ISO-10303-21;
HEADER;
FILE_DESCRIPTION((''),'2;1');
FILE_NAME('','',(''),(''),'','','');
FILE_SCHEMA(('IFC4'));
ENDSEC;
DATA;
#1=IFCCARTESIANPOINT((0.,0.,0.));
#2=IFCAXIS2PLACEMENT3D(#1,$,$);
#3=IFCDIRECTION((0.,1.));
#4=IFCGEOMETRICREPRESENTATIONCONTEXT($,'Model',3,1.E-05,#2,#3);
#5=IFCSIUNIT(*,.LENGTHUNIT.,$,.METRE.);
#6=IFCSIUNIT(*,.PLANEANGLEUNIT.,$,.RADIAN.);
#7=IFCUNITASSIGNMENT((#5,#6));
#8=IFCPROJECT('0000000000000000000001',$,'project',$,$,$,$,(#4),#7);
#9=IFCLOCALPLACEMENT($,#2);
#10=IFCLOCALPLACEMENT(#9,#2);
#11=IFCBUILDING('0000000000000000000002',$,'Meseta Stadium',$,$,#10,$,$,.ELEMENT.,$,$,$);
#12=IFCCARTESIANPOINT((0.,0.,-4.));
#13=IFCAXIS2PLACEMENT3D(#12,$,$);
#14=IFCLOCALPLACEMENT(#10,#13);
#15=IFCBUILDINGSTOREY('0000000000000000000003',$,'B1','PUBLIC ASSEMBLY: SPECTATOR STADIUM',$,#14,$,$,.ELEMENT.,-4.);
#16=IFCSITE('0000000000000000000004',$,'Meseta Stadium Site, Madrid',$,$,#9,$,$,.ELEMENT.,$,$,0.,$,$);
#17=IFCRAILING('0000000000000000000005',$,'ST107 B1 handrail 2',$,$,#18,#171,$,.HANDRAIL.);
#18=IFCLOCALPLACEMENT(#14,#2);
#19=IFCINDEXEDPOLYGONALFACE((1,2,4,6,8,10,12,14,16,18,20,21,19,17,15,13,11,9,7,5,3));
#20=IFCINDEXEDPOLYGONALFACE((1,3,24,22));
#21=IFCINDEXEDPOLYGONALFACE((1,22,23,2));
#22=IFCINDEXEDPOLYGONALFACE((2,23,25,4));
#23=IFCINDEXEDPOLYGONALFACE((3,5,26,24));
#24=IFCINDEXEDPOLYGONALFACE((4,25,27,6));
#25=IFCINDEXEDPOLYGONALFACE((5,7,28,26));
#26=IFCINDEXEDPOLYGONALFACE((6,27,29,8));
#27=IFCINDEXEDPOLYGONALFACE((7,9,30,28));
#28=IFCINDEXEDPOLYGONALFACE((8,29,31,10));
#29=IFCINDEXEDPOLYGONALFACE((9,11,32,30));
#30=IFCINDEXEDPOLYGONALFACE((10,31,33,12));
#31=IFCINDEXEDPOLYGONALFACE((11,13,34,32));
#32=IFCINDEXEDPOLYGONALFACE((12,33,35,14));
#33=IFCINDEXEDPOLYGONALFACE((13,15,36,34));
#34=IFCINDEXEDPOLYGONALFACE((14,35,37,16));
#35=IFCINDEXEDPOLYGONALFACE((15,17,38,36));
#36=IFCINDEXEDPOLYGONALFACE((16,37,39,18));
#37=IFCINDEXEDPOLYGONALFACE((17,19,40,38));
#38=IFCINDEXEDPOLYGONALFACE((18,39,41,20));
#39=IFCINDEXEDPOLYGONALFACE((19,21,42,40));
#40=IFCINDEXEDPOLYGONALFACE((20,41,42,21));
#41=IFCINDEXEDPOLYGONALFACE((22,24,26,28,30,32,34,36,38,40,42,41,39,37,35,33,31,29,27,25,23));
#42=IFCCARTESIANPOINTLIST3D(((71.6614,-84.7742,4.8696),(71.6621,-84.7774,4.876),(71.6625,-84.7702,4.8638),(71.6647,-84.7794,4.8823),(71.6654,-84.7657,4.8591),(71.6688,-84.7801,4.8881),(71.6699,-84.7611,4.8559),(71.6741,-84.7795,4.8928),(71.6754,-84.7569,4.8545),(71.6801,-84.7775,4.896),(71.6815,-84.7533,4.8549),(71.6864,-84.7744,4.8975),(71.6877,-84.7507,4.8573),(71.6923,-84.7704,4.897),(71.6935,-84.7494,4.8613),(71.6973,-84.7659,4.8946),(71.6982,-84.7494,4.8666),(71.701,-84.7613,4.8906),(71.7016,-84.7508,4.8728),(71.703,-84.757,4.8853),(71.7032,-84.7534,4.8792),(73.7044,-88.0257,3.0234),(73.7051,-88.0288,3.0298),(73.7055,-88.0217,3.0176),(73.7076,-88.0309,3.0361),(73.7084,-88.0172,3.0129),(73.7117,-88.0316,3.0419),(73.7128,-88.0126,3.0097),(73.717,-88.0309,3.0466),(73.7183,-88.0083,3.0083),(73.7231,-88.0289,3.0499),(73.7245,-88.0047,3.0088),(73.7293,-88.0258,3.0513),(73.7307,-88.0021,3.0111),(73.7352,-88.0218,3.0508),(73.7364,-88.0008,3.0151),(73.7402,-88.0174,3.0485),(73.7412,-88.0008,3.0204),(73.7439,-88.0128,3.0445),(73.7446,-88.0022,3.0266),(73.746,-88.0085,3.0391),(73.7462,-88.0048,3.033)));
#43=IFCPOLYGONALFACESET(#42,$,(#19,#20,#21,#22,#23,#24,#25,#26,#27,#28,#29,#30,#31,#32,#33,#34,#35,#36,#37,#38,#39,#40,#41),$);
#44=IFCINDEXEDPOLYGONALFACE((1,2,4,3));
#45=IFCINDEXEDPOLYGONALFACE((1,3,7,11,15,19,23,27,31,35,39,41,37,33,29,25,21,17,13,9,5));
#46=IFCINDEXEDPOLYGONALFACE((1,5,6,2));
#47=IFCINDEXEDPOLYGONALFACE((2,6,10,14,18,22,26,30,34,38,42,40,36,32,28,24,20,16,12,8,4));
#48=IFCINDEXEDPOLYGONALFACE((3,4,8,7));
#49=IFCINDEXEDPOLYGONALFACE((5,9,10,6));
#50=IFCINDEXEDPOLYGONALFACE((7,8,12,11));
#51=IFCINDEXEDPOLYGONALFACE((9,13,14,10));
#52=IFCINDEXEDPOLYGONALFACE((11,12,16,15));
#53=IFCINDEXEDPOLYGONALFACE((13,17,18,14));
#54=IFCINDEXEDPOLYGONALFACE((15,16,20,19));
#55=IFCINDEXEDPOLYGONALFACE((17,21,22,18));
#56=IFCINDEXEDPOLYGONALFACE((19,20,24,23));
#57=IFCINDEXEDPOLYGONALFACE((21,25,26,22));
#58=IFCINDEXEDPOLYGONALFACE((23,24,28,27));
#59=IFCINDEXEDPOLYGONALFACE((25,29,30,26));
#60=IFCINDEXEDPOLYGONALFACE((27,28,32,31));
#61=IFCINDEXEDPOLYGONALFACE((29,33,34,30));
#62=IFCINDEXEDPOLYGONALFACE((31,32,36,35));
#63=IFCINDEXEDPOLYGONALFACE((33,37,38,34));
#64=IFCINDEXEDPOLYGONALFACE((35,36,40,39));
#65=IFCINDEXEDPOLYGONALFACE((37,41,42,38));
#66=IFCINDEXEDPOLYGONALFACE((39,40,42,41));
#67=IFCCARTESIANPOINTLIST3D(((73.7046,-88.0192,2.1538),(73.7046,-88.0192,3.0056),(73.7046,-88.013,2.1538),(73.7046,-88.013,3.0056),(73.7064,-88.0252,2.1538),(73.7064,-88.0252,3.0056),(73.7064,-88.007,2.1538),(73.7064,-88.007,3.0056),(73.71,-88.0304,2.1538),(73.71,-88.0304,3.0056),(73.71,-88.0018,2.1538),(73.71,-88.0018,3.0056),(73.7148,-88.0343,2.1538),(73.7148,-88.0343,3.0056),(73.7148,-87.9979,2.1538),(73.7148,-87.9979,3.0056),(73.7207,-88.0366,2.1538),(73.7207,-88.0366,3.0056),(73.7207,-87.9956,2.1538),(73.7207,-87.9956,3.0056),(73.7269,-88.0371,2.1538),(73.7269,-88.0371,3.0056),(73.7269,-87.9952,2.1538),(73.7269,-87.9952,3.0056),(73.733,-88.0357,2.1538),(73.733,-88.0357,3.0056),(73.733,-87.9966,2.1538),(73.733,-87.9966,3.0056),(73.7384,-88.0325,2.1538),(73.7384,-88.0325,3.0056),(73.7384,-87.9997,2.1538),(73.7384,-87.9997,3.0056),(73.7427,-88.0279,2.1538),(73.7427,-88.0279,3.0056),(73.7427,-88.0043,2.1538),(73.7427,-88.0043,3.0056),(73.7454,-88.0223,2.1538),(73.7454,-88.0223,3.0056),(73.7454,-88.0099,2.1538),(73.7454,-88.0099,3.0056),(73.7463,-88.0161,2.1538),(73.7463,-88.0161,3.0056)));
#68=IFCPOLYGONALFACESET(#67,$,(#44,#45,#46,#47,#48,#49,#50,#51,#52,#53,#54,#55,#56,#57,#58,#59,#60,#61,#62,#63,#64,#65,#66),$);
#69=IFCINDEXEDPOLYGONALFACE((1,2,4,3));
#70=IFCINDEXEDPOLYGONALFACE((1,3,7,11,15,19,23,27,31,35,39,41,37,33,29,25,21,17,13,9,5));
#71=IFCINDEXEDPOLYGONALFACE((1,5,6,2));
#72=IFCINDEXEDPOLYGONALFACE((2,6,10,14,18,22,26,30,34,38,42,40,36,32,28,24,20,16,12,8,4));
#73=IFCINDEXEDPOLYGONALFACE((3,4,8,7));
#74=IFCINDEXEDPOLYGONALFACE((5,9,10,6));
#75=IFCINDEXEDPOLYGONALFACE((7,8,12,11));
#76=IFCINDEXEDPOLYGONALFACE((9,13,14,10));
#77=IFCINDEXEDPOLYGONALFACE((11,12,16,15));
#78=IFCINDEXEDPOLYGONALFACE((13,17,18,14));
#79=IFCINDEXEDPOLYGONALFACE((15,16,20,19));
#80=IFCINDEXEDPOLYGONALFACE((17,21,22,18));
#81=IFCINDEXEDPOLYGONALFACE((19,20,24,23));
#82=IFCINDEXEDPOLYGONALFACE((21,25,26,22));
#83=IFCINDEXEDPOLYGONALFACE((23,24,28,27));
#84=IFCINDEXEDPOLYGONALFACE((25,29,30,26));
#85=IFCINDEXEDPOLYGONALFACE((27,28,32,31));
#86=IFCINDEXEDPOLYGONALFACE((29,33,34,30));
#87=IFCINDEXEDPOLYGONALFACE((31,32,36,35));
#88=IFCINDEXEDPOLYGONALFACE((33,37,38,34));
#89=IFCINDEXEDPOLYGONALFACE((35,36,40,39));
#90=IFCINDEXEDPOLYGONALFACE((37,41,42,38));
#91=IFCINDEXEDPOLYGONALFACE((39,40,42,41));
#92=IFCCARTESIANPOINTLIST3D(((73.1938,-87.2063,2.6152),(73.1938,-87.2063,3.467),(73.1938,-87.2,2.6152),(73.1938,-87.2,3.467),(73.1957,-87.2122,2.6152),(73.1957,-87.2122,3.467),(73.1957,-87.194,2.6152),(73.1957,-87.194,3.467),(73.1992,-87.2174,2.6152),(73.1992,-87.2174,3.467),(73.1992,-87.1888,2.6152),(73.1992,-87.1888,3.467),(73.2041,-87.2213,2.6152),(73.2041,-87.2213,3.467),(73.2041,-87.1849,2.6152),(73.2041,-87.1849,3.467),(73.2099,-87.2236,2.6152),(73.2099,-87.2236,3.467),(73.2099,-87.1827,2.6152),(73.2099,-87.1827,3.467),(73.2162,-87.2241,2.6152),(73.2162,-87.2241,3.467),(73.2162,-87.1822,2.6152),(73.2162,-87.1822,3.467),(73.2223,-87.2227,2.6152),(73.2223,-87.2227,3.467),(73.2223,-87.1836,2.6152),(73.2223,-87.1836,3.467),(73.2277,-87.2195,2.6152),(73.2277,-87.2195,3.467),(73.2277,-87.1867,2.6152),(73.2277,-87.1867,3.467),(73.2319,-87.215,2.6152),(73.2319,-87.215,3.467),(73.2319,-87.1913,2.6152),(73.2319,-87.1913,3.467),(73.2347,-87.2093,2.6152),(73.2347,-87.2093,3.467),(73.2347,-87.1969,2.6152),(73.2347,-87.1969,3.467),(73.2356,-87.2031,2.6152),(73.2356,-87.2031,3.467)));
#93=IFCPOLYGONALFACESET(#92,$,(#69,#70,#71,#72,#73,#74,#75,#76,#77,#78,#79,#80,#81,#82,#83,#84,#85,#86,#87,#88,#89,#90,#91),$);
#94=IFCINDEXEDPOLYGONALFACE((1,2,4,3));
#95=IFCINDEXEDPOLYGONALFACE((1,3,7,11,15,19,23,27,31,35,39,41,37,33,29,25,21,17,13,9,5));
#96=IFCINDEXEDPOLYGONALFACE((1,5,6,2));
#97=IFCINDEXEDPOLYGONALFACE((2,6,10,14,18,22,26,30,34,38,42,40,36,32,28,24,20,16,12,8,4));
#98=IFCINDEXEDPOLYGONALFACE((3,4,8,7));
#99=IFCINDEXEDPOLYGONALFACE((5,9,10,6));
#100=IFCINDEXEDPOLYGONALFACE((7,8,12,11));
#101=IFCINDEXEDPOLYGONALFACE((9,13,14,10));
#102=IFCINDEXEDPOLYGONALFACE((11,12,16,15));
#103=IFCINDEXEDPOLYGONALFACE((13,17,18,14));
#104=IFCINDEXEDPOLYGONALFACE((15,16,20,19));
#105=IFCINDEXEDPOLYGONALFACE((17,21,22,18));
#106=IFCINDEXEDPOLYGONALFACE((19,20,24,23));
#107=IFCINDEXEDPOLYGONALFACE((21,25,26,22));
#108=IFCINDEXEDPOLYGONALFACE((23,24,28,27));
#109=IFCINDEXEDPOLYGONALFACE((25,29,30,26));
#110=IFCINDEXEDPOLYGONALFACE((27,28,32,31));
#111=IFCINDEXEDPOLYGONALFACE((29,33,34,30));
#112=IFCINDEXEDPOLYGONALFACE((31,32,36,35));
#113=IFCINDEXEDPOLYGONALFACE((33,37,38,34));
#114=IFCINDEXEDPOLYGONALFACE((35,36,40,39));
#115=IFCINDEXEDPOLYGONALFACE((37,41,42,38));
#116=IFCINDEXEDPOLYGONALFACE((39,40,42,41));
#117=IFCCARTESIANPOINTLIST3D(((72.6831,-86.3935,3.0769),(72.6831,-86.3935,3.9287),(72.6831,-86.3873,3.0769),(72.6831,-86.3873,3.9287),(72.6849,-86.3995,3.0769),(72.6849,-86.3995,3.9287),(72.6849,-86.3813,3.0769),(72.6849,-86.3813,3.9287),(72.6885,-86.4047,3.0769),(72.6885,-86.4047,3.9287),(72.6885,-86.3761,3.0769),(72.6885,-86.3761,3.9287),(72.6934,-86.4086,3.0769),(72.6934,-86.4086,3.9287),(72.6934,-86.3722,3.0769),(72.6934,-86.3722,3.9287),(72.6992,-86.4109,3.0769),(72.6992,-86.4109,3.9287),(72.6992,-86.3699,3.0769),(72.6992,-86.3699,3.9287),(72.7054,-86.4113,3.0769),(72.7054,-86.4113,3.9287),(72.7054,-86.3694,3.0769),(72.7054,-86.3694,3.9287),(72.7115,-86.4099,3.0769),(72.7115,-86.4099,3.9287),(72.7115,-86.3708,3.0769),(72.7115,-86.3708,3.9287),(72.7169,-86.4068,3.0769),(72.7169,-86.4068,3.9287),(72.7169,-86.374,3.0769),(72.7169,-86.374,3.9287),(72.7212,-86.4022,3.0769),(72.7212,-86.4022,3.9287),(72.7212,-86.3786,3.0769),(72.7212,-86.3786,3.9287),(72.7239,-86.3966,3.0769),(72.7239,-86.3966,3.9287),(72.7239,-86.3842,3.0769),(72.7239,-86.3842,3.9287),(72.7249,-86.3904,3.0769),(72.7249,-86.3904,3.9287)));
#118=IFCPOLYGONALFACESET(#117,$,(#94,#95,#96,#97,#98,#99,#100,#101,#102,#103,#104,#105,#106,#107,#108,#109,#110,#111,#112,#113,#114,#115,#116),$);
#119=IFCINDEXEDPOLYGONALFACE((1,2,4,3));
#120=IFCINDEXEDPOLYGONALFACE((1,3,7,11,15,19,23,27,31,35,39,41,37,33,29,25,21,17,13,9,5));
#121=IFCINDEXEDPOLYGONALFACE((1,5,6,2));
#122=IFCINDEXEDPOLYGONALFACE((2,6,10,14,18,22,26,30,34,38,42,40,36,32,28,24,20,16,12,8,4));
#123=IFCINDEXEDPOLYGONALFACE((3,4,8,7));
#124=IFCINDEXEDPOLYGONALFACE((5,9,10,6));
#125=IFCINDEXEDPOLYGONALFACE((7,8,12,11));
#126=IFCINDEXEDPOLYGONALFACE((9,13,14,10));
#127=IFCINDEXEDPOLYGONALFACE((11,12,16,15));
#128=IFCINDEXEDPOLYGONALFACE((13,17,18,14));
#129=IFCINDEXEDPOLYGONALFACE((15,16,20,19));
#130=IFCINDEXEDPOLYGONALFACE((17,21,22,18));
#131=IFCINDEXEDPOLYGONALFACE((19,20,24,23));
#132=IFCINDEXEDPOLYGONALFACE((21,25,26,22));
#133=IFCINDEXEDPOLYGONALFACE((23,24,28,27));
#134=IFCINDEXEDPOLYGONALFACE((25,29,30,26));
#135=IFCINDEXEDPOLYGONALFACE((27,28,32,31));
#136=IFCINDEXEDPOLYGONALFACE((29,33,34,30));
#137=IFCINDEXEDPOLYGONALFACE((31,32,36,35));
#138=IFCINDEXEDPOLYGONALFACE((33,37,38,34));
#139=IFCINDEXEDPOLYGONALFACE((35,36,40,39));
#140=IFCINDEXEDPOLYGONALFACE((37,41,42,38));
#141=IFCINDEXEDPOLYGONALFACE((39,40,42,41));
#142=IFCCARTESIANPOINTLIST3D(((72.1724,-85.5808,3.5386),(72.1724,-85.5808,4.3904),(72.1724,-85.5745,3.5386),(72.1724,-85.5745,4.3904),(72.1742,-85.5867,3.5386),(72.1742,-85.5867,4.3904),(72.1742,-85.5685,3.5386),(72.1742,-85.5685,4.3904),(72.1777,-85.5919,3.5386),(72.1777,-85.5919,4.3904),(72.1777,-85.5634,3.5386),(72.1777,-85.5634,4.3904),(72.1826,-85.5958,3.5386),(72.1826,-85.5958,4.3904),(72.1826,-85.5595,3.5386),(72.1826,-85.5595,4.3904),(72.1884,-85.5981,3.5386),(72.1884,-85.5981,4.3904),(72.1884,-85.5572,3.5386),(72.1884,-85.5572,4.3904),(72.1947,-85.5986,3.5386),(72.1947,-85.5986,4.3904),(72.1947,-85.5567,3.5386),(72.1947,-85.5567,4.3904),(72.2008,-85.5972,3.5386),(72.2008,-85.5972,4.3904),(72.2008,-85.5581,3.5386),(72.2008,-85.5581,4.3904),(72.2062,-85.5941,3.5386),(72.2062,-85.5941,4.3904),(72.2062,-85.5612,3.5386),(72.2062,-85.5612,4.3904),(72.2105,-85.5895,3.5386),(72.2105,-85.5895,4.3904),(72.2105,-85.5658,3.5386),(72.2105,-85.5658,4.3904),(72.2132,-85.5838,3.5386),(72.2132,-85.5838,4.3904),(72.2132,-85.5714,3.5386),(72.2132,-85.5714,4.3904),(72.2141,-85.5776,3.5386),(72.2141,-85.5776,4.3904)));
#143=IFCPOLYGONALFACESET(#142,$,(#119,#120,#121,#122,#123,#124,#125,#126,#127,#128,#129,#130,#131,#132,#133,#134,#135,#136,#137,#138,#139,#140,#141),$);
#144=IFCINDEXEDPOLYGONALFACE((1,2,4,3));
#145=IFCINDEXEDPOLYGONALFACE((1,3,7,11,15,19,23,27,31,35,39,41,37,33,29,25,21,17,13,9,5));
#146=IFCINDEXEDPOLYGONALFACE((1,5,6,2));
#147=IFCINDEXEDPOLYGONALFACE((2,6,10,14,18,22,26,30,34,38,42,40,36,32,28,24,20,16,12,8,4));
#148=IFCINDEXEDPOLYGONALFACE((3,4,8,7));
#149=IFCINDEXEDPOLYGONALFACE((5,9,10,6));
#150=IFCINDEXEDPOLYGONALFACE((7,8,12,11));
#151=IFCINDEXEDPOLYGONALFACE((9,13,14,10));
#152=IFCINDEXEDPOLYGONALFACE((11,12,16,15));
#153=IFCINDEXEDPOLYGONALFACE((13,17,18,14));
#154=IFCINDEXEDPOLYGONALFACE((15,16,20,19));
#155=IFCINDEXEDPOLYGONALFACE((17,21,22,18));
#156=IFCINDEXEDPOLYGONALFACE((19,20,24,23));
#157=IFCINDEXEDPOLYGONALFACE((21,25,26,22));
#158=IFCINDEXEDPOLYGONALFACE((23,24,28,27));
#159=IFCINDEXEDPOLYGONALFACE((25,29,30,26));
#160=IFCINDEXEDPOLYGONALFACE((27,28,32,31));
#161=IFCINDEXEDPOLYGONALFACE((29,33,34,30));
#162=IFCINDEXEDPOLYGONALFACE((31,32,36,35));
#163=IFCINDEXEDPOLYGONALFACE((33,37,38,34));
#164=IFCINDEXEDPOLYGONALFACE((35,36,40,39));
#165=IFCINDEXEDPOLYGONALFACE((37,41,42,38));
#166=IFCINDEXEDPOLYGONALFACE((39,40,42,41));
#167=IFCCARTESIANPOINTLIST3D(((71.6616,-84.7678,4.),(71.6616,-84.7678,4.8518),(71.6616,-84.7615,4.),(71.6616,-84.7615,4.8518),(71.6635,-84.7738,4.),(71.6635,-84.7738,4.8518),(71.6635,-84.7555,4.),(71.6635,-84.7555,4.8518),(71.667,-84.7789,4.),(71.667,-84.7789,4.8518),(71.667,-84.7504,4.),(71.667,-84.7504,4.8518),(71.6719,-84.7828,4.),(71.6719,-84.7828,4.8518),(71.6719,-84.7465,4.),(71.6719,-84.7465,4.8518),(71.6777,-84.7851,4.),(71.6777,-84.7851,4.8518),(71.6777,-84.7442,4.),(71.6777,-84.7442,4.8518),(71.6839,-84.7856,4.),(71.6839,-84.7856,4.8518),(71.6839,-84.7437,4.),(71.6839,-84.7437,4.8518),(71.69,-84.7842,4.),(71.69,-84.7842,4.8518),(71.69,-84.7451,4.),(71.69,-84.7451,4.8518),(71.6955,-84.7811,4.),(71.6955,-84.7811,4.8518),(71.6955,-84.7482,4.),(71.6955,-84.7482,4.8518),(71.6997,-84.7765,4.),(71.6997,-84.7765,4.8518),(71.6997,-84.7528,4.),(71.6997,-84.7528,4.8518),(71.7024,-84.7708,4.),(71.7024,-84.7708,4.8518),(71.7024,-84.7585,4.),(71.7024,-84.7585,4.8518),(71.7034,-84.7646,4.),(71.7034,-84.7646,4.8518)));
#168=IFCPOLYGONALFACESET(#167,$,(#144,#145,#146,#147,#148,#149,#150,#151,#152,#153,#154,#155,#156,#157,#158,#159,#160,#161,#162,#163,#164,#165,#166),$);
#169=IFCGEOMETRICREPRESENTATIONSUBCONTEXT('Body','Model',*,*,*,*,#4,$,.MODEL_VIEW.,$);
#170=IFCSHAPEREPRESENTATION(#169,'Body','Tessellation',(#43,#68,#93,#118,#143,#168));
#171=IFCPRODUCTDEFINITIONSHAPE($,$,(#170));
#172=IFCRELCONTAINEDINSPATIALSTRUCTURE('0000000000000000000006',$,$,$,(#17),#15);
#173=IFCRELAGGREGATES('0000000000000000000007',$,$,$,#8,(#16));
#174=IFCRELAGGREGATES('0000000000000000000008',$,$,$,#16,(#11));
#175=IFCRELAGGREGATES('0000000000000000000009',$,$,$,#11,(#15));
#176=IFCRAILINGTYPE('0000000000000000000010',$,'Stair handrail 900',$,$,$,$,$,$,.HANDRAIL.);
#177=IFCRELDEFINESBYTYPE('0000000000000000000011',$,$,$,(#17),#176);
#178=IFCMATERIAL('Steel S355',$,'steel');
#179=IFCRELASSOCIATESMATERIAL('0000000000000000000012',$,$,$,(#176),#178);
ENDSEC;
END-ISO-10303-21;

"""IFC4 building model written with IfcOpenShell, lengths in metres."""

from ifc_helpers import new_model, si_unit, direction, frame, origin, origin_2d, place, context, subcontext, project, spatial, circle, extrude, material, type_object, element, save


model = new_model("IFC4")

# Units and contexts
model_context = context("Model", 3, precision=1e-05, world=origin(), true_north=direction((0.0, 1.0)))
body_context = subcontext(model_context, "Body", "Model", "MODEL_VIEW")
ifc_project = project(units=[si_unit("LENGTHUNIT", "METRE"), si_unit("PLANEANGLEUNIT", "RADIAN")], contexts=[model_context])

# Site, building, storey
site_placement = place(None, origin())
site = spatial("IfcSite", under=ifc_project, at=site_placement, Name="Meseta Stadium Site, Madrid", CompositionType="ELEMENT", RefElevation=0.0)
building_placement = place(site_placement, origin())
building = spatial("IfcBuilding", under=site, at=building_placement, Name="Meseta Stadium", CompositionType="ELEMENT")
storey_placement = place(building_placement, frame((0.0, 0.0, -4.0)))
storey = spatial("IfcBuildingStorey", under=building, at=storey_placement, Name="B1", Description="PUBLIC ASSEMBLY: SPECTATOR STADIUM", CompositionType="ELEMENT", Elevation=-4.0)

# Railing
ifc_material_1 = material(Name="Steel S355", Category="steel")
railing_type_1 = type_object("IfcRailingType", Name="Stair handrail 900", PredefinedType="HANDRAIL", material=ifc_material_1)
railing_1_placement = place(storey_placement, frame((73.7253, -88.0161, 2.1538)))
element("IfcRailing", 1, at=railing_1_placement, inside=storey, type_object=railing_type_1, Name="ST107 B1 handrail 2", PredefinedType="HANDRAIL", context=body_context, shape_type="SweptSolid", body=[
    extrude(circle(Radius=0.0239, at=origin_2d()), frame((0.0, 0.0, 0.876), z_axis=(-0.479483, 0.763117, 0.4333), x_axis=(-0.846731, -0.53202, 0.0)), (0.0, 0.0, 1.0), 4.2607),
    extrude(circle(Radius=0.021, at=origin_2d()), origin(), (0.0, 0.0, 1.0), 0.8518),
    extrude(circle(Radius=0.021, at=origin_2d()), frame((-0.5107, 0.813, 0.4614)), (0.0, 0.0, 1.0), 0.8518),
    extrude(circle(Radius=0.021, at=origin_2d()), frame((-1.0215, 1.6257, 0.9231)), (0.0, 0.0, 1.0), 0.8518),
    extrude(circle(Radius=0.021, at=origin_2d()), frame((-1.5322, 2.4385, 1.3848)), (0.0, 0.0, 1.0), 0.8518),
    extrude(circle(Radius=0.021, at=origin_2d()), frame((-2.043, 3.2515, 1.8462)), (0.0, 0.0, 1.0), 0.8518),
])

save(model, "model.ifc")
